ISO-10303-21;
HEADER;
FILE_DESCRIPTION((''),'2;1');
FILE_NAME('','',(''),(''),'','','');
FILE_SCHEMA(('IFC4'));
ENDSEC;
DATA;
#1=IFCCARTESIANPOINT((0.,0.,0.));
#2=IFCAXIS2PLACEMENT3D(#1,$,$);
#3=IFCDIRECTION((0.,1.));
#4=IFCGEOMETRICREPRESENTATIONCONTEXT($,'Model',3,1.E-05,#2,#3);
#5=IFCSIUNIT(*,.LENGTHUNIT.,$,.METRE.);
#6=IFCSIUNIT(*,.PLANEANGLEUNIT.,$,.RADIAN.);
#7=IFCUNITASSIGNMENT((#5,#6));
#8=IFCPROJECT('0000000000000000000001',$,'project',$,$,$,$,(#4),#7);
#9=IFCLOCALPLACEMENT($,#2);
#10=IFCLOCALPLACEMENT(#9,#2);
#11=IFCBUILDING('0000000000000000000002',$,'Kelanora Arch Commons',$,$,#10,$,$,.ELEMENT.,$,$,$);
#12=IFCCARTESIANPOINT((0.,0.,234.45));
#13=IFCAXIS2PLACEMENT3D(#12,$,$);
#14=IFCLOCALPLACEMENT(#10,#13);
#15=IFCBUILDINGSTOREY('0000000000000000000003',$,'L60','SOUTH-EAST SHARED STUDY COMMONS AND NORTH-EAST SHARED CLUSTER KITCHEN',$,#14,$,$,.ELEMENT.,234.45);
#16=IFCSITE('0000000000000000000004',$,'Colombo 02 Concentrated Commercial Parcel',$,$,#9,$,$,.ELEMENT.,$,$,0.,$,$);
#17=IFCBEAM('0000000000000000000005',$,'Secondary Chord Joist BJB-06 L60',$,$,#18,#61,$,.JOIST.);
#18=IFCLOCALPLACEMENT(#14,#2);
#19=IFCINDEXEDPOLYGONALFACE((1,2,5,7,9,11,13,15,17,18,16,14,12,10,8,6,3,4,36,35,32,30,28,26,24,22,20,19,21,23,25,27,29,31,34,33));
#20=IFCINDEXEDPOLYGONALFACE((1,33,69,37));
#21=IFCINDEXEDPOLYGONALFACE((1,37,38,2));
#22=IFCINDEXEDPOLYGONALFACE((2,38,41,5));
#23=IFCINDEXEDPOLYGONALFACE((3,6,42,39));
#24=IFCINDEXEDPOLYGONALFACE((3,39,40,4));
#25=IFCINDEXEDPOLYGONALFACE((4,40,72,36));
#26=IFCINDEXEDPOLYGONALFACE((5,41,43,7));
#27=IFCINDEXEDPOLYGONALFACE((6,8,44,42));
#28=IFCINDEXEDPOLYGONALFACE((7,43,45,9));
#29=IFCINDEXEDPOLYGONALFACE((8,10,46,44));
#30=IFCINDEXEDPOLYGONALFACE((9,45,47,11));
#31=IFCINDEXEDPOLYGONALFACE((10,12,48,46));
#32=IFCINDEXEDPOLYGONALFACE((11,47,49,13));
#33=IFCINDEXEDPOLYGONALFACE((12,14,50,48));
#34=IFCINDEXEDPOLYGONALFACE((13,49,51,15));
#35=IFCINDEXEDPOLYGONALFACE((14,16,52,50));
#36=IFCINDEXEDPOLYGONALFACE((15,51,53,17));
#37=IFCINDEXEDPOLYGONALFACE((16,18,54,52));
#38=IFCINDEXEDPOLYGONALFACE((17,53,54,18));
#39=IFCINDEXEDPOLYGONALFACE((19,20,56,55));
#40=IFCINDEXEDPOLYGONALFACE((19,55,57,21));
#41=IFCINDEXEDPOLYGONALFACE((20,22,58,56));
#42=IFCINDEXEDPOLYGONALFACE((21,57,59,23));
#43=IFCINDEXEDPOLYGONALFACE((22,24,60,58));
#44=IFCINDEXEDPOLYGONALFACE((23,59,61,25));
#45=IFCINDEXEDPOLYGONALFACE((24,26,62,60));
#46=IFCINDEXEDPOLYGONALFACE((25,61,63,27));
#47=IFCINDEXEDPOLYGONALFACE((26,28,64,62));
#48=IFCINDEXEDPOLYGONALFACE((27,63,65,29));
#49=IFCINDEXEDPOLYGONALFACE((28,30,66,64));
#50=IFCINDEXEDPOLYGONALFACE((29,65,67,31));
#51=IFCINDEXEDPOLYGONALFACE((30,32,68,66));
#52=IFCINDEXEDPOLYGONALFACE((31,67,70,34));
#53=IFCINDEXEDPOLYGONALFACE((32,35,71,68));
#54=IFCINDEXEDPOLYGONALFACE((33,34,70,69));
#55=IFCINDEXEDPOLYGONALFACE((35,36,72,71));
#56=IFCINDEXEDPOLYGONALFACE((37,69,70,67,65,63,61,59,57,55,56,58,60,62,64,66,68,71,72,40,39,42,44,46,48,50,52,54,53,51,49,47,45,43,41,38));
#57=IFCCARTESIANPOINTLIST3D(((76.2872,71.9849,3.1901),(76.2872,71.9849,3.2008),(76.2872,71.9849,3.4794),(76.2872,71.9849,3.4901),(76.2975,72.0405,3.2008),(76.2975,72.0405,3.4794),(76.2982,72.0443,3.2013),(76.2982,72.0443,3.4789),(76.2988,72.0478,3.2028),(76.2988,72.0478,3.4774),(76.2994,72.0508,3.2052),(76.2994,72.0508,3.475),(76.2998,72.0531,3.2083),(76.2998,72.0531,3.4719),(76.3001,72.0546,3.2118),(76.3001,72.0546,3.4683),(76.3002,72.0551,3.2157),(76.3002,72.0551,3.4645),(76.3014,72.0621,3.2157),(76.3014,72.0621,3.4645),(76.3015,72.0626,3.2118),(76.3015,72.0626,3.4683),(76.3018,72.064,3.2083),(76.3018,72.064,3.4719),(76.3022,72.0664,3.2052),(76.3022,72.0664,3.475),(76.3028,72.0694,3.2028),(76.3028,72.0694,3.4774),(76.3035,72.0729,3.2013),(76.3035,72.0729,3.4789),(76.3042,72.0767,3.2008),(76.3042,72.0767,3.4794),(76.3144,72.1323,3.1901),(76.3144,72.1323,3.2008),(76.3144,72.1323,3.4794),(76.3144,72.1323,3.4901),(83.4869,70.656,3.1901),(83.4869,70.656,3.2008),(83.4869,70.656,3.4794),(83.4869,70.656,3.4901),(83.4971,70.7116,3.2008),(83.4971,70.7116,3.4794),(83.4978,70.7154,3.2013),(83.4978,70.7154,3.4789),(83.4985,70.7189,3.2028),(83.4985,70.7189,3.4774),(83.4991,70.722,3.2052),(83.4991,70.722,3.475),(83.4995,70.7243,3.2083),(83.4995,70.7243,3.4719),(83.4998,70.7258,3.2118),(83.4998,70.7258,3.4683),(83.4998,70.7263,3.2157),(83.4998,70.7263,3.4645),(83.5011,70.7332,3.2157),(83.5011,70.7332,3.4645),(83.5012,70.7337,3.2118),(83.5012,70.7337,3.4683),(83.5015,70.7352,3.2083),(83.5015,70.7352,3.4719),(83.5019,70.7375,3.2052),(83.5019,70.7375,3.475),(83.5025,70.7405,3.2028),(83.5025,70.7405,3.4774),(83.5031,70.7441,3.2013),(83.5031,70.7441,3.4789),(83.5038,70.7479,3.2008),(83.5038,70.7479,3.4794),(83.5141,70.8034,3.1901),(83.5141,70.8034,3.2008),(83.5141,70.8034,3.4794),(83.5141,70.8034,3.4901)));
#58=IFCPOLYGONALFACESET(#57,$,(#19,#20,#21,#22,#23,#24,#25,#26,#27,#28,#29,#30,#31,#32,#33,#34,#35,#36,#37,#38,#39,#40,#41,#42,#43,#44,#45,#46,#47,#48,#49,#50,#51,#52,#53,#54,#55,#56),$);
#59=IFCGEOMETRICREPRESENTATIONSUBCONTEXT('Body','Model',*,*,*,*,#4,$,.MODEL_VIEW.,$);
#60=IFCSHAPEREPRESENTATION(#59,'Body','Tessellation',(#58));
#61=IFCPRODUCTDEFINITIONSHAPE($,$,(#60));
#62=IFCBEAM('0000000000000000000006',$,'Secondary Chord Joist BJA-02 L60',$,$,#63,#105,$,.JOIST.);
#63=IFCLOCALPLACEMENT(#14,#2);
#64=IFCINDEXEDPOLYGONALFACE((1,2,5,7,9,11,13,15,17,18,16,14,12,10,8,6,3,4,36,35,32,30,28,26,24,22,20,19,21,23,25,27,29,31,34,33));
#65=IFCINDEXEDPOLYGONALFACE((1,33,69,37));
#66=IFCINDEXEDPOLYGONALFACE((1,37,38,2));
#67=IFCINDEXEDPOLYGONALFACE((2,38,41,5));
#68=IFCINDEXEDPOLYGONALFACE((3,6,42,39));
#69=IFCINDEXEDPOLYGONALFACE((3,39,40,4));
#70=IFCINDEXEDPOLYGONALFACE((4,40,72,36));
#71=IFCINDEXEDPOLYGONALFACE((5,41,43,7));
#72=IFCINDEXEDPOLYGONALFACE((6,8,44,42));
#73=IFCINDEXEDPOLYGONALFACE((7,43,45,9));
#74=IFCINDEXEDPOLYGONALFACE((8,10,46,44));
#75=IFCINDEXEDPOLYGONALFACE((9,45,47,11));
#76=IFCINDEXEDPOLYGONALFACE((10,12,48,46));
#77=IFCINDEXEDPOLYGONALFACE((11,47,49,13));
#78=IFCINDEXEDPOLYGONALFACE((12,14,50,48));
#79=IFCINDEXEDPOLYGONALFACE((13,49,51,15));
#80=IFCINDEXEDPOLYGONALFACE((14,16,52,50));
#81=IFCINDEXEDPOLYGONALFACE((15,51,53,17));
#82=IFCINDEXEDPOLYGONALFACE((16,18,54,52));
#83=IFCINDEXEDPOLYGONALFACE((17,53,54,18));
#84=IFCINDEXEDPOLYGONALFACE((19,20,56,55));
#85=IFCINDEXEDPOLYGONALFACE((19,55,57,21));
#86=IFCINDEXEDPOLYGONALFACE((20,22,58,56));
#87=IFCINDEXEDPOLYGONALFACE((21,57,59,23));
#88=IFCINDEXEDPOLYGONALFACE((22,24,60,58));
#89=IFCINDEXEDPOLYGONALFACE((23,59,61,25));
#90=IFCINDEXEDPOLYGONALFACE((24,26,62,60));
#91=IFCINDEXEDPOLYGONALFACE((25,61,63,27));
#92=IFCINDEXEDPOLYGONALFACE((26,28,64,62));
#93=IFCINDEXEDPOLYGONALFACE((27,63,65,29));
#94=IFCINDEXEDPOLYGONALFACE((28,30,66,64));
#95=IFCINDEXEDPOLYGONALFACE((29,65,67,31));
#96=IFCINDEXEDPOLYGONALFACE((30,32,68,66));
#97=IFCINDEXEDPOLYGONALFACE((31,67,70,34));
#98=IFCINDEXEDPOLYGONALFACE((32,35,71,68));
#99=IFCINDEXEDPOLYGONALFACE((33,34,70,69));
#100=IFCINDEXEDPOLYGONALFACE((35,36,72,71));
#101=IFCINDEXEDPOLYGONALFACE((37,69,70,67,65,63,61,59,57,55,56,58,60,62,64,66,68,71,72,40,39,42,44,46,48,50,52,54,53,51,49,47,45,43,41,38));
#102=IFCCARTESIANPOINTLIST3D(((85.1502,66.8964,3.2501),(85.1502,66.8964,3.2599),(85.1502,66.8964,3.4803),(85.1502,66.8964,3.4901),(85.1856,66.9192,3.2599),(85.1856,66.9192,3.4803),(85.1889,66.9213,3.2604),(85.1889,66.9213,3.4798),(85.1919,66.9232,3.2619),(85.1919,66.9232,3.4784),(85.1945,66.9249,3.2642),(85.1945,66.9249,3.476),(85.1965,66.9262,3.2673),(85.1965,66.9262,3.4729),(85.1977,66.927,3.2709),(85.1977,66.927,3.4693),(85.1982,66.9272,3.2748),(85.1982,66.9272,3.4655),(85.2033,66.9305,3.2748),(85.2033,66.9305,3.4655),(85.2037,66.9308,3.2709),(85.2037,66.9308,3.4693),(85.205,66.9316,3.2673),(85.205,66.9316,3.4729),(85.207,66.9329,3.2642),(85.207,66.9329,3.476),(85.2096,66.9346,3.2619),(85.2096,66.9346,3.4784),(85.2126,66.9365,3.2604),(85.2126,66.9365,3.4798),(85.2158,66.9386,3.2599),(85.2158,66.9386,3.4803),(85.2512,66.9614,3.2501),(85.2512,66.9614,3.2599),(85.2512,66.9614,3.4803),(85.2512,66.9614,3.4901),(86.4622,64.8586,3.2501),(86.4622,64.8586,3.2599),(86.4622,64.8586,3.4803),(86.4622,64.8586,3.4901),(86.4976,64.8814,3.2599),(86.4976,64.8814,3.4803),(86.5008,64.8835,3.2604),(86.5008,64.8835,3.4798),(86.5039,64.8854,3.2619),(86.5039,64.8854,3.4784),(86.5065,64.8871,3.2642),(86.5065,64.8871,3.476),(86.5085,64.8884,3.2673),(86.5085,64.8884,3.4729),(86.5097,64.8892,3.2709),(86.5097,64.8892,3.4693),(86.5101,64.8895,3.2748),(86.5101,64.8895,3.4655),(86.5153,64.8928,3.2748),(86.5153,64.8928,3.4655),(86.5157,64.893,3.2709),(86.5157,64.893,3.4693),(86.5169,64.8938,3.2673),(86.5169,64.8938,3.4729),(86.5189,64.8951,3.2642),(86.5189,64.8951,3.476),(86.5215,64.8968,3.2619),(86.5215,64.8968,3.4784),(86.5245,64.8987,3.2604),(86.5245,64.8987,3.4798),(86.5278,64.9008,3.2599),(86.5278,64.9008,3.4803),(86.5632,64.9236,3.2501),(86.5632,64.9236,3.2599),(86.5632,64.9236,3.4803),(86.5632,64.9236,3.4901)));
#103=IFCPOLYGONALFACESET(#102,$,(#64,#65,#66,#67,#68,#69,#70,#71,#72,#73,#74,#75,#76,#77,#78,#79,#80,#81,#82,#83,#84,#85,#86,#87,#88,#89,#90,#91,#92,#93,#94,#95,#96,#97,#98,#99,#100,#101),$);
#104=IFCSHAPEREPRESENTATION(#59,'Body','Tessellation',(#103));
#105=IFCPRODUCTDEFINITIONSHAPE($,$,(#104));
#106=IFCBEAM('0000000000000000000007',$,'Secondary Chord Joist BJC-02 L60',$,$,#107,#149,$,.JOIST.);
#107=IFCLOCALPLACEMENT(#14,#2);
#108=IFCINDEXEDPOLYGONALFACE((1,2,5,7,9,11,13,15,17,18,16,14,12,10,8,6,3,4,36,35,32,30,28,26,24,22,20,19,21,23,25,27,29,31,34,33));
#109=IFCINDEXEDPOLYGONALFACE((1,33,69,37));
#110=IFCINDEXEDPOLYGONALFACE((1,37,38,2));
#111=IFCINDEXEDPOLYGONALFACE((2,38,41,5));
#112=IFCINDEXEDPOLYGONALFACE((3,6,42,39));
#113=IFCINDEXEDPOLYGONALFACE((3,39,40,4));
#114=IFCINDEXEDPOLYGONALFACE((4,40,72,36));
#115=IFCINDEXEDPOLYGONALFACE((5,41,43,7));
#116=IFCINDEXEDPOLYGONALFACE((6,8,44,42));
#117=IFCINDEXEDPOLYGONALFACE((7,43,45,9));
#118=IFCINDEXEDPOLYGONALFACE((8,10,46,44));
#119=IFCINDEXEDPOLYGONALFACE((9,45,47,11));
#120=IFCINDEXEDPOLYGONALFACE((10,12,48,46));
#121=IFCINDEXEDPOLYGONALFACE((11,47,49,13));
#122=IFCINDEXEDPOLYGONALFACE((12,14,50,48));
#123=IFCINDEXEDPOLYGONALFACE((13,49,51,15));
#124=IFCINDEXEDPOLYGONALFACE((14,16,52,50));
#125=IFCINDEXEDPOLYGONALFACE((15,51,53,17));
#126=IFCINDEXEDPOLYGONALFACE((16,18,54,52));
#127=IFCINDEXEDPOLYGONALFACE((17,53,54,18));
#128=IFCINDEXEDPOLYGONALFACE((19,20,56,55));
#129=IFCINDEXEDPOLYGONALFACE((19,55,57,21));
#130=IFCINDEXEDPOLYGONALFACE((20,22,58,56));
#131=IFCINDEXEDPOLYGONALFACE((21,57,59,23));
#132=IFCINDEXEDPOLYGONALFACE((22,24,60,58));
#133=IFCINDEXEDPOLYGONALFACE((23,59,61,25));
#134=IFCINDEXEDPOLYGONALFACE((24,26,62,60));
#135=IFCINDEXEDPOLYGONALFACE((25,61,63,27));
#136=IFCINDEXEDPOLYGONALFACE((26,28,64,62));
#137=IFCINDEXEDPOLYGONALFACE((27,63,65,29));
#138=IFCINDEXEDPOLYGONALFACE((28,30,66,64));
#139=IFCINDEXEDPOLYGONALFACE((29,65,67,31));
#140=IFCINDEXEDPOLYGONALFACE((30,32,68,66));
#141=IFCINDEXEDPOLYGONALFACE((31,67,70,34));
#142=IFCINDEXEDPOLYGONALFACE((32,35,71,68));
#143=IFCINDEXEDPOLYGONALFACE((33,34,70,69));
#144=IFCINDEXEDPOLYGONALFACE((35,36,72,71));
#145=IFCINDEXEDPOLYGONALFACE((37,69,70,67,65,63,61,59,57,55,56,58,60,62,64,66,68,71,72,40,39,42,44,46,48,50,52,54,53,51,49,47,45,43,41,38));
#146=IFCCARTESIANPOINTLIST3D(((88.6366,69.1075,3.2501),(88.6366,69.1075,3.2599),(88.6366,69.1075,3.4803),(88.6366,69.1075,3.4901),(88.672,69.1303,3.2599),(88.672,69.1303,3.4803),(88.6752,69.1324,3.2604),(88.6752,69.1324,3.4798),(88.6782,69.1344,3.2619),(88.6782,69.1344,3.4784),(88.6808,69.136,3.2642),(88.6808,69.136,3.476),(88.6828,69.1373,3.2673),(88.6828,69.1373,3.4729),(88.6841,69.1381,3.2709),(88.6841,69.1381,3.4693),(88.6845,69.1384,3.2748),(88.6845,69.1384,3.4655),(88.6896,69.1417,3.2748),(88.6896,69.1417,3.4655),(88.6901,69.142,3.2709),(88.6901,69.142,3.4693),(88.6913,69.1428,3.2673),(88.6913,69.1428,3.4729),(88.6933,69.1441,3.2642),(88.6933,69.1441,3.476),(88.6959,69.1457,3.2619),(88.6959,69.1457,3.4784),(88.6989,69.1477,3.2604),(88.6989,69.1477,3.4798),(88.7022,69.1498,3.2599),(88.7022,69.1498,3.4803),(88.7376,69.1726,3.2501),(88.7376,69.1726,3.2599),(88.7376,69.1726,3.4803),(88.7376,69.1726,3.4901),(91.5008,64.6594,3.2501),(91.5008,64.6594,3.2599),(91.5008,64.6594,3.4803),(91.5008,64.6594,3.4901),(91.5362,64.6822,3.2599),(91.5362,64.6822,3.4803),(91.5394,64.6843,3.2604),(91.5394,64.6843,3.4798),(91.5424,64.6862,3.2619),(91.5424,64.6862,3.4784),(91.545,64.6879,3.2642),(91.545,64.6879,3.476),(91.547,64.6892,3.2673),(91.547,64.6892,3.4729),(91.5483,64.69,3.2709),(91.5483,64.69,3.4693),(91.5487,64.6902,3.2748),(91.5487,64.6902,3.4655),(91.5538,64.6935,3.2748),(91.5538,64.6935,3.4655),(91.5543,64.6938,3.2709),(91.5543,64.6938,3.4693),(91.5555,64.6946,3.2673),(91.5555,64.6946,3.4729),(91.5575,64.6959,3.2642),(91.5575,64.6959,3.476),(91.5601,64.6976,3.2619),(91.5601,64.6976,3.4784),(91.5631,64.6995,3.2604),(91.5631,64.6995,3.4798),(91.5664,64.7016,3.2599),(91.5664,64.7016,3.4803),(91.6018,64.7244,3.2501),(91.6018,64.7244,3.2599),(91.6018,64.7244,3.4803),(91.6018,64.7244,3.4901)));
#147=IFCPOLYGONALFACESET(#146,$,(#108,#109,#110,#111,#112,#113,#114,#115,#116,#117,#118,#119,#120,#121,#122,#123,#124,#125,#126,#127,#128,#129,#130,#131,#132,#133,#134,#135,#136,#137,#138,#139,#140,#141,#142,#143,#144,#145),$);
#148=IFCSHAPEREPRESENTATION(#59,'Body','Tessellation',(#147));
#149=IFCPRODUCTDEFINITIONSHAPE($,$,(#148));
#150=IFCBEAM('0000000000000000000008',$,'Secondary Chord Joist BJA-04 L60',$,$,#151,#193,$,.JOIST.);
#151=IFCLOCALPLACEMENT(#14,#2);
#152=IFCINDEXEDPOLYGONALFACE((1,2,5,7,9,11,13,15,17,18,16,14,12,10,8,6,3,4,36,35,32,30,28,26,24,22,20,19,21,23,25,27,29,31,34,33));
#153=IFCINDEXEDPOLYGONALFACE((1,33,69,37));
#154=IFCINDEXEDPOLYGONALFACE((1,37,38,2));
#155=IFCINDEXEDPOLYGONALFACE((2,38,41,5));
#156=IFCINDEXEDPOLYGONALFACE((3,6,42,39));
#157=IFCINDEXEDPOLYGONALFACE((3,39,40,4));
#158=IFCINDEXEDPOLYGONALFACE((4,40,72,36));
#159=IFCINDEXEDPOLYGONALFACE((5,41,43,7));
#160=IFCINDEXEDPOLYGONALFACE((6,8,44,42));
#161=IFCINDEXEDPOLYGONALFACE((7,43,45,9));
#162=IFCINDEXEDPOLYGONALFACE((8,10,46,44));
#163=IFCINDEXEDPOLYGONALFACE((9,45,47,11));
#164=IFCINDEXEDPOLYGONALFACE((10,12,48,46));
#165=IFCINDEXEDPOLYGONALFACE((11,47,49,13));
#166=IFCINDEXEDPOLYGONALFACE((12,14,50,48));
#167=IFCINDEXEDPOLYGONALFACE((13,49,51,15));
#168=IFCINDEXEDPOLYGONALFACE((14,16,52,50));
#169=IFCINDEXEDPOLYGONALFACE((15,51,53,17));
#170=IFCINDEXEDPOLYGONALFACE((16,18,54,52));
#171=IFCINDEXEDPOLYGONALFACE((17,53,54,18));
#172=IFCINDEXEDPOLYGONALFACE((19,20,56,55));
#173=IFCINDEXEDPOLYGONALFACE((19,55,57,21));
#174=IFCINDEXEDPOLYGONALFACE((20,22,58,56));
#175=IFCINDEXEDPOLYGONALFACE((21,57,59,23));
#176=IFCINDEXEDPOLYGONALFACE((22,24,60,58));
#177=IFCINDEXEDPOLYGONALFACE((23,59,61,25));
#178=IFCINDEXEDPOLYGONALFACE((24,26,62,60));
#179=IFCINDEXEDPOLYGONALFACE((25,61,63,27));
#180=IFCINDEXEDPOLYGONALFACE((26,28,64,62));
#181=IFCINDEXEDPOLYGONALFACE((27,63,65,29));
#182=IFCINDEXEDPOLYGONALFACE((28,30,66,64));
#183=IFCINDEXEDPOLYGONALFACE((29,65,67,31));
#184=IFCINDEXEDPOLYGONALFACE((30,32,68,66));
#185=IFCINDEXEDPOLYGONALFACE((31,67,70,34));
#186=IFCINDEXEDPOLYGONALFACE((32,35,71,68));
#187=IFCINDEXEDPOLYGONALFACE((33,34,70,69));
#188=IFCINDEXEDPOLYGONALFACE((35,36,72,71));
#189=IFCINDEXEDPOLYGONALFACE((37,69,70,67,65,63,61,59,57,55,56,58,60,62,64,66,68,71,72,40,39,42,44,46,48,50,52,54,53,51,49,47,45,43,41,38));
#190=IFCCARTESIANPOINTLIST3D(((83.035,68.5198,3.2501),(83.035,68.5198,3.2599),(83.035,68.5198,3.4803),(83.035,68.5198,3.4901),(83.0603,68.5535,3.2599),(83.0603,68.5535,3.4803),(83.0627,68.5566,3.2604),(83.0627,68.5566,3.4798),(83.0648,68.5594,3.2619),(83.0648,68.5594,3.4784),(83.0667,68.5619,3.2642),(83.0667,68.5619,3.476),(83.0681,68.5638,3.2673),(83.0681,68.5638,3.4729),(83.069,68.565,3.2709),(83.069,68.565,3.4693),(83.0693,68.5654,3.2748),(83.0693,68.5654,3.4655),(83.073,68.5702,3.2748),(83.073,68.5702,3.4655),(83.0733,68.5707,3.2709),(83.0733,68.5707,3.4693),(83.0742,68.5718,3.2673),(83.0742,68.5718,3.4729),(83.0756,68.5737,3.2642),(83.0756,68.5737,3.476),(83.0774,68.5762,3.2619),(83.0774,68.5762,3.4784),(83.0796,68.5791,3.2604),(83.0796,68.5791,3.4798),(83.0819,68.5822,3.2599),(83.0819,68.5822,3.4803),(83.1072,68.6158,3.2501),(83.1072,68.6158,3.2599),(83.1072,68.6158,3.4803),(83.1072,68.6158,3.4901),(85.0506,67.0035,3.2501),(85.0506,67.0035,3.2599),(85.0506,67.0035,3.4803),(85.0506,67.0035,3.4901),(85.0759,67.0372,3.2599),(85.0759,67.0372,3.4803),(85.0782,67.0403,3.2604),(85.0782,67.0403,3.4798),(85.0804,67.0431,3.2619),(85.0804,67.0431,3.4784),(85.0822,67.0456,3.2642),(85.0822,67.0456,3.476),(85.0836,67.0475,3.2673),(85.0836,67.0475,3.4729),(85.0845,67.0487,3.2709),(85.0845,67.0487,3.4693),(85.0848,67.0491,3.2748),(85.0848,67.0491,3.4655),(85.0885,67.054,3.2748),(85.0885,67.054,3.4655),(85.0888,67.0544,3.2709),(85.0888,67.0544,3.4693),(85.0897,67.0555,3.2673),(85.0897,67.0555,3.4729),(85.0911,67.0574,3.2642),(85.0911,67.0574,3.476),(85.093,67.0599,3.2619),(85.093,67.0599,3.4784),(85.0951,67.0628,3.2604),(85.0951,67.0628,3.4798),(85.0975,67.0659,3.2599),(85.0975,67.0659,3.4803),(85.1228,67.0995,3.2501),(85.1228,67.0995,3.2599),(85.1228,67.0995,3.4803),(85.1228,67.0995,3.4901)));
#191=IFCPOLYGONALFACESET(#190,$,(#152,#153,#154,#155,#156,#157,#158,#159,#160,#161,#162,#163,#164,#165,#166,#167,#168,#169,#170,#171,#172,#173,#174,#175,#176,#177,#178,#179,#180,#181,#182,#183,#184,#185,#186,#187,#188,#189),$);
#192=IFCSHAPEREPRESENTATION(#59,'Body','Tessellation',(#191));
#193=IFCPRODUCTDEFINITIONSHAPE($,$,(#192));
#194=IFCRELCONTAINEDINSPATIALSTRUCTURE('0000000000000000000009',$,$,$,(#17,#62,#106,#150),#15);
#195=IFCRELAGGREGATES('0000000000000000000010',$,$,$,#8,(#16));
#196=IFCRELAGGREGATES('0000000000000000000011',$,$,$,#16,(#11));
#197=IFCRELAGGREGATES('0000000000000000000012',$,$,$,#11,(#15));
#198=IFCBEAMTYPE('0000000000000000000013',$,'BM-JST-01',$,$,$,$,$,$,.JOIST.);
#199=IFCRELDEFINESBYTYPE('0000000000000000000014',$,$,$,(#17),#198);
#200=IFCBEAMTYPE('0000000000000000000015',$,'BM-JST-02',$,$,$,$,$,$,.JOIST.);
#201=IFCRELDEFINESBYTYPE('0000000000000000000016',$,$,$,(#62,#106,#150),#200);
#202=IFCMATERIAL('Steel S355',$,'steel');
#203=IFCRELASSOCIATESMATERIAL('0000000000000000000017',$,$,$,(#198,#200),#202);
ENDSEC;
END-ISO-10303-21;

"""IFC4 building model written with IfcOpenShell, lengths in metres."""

from ifc_helpers import new_model, si_unit, direction, frame, origin, origin_2d, place, context, subcontext, project, spatial, i_section, extrude, material, material_profile, profile_set, type_object, element, save


model = new_model("IFC4")

# Units and contexts
model_context = context("Model", 3, precision=1e-05, world=origin(), true_north=direction((0.0, 1.0)))
body_context = subcontext(model_context, "Body", "Model", "MODEL_VIEW")
ifc_project = project(units=[si_unit("LENGTHUNIT", "METRE"), si_unit("PLANEANGLEUNIT", "RADIAN")], contexts=[model_context])

# Site, building, storey
site_placement = place(None, origin())
site = spatial("IfcSite", under=ifc_project, at=site_placement, Name="Colombo 02 Concentrated Commercial Parcel", CompositionType="ELEMENT", RefElevation=0.0)
building_placement = place(site_placement, origin())
building = spatial("IfcBuilding", under=site, at=building_placement, Name="Kelanora Arch Commons", CompositionType="ELEMENT")
storey_placement = place(building_placement, frame((0.0, 0.0, 234.45)))
storey = spatial("IfcBuildingStorey", under=building, at=storey_placement, Name="L60", Description="SOUTH-EAST SHARED STUDY COMMONS AND NORTH-EAST SHARED CLUSTER KITCHEN", CompositionType="ELEMENT", Elevation=234.45)

# Beams
ifc_material_1 = material(Name="Steel S355", Category="steel")
ifc_material_profile_1 = material_profile(ifc_material_1, i_section(OverallWidth=0.1499, OverallDepth=0.3, WebThickness=0.0071, FlangeThickness=0.0107, FilletRadius=0.0149, at=origin_2d()), Name="IPE300")
ifc_profile_set_1 = profile_set([ifc_material_profile_1], Name="Steel S355")
beam_type_1 = type_object("IfcBeamType", Name="BM-JST-01", PredefinedType="JOIST", material=ifc_profile_set_1)
beam_1_placement = place(storey_placement, frame((83.5005, 70.7297, 3.3401), z_axis=(-0.98339, 0.181505, 0.0), x_axis=(-0.181505, -0.98339, 0.0)))
element("IfcBeam", 1, at=beam_1_placement, inside=storey, type_object=beam_type_1, Name="Secondary Chord Joist BJB-06 L60", PredefinedType="JOIST", context=body_context, shape_type="SweptSolid", body=[
    extrude(i_section(OverallWidth=0.1499, OverallDepth=0.3, WebThickness=0.0071, FlangeThickness=0.0107, FilletRadius=0.0149, at=origin_2d()), origin(), (0.0, 0.0, 1.0), 7.3213),
])
ifc_material_profile_2 = material_profile(ifc_material_1, i_section(OverallWidth=0.1201, OverallDepth=0.24, WebThickness=0.0061, FlangeThickness=0.0098, FilletRadius=0.0149, at=origin_2d()), Name="IPE240")
ifc_profile_set_2 = profile_set([ifc_material_profile_2], Name="Steel S355")
beam_type_2 = type_object("IfcBeamType", Name="BM-JST-02", PredefinedType="JOIST", material=ifc_profile_set_2)
beam_2_placement = place(storey_placement, frame((86.5127, 64.8911, 3.3701), z_axis=(-0.541333, 0.840808, 0.0), x_axis=(-0.840808, -0.541333, 0.0)))
element("IfcBeam", 2, at=beam_2_placement, inside=storey, type_object=beam_type_2, Name="Secondary Chord Joist BJA-02 L60", PredefinedType="JOIST", context=body_context, shape_type="SweptSolid", body=[
    extrude(i_section(OverallWidth=0.1201, OverallDepth=0.24, WebThickness=0.0061, FlangeThickness=0.0098, FilletRadius=0.0149, at=origin_2d()), origin(), (0.0, 0.0, 1.0), 2.4236),
])
beam_3_placement = place(storey_placement, frame((91.5513, 64.6919, 3.3701), z_axis=(-0.541382, 0.840776, 0.0), x_axis=(-0.840776, -0.541382, 0.0)))
element("IfcBeam", 3, at=beam_3_placement, inside=storey, type_object=beam_type_2, Name="Secondary Chord Joist BJC-02 L60", PredefinedType="JOIST", context=body_context, shape_type="SweptSolid", body=[
    extrude(i_section(OverallWidth=0.1201, OverallDepth=0.24, WebThickness=0.0061, FlangeThickness=0.0098, FilletRadius=0.0149, at=origin_2d()), origin(), (0.0, 0.0, 1.0), 5.2905),
])
beam_4_placement = place(storey_placement, frame((85.0867, 67.0515, 3.3701), z_axis=(-0.799116, 0.601176, 0.0), x_axis=(-0.601176, -0.799116, 0.0)))
element("IfcBeam", 4, at=beam_4_placement, inside=storey, type_object=beam_type_2, Name="Secondary Chord Joist BJA-04 L60", PredefinedType="JOIST", context=body_context, shape_type="SweptSolid", body=[
    extrude(i_section(OverallWidth=0.1201, OverallDepth=0.24, WebThickness=0.0061, FlangeThickness=0.0098, FilletRadius=0.0149, at=origin_2d()), origin(), (0.0, 0.0, 1.0), 2.5222),
])

save(model, "model.ifc")
